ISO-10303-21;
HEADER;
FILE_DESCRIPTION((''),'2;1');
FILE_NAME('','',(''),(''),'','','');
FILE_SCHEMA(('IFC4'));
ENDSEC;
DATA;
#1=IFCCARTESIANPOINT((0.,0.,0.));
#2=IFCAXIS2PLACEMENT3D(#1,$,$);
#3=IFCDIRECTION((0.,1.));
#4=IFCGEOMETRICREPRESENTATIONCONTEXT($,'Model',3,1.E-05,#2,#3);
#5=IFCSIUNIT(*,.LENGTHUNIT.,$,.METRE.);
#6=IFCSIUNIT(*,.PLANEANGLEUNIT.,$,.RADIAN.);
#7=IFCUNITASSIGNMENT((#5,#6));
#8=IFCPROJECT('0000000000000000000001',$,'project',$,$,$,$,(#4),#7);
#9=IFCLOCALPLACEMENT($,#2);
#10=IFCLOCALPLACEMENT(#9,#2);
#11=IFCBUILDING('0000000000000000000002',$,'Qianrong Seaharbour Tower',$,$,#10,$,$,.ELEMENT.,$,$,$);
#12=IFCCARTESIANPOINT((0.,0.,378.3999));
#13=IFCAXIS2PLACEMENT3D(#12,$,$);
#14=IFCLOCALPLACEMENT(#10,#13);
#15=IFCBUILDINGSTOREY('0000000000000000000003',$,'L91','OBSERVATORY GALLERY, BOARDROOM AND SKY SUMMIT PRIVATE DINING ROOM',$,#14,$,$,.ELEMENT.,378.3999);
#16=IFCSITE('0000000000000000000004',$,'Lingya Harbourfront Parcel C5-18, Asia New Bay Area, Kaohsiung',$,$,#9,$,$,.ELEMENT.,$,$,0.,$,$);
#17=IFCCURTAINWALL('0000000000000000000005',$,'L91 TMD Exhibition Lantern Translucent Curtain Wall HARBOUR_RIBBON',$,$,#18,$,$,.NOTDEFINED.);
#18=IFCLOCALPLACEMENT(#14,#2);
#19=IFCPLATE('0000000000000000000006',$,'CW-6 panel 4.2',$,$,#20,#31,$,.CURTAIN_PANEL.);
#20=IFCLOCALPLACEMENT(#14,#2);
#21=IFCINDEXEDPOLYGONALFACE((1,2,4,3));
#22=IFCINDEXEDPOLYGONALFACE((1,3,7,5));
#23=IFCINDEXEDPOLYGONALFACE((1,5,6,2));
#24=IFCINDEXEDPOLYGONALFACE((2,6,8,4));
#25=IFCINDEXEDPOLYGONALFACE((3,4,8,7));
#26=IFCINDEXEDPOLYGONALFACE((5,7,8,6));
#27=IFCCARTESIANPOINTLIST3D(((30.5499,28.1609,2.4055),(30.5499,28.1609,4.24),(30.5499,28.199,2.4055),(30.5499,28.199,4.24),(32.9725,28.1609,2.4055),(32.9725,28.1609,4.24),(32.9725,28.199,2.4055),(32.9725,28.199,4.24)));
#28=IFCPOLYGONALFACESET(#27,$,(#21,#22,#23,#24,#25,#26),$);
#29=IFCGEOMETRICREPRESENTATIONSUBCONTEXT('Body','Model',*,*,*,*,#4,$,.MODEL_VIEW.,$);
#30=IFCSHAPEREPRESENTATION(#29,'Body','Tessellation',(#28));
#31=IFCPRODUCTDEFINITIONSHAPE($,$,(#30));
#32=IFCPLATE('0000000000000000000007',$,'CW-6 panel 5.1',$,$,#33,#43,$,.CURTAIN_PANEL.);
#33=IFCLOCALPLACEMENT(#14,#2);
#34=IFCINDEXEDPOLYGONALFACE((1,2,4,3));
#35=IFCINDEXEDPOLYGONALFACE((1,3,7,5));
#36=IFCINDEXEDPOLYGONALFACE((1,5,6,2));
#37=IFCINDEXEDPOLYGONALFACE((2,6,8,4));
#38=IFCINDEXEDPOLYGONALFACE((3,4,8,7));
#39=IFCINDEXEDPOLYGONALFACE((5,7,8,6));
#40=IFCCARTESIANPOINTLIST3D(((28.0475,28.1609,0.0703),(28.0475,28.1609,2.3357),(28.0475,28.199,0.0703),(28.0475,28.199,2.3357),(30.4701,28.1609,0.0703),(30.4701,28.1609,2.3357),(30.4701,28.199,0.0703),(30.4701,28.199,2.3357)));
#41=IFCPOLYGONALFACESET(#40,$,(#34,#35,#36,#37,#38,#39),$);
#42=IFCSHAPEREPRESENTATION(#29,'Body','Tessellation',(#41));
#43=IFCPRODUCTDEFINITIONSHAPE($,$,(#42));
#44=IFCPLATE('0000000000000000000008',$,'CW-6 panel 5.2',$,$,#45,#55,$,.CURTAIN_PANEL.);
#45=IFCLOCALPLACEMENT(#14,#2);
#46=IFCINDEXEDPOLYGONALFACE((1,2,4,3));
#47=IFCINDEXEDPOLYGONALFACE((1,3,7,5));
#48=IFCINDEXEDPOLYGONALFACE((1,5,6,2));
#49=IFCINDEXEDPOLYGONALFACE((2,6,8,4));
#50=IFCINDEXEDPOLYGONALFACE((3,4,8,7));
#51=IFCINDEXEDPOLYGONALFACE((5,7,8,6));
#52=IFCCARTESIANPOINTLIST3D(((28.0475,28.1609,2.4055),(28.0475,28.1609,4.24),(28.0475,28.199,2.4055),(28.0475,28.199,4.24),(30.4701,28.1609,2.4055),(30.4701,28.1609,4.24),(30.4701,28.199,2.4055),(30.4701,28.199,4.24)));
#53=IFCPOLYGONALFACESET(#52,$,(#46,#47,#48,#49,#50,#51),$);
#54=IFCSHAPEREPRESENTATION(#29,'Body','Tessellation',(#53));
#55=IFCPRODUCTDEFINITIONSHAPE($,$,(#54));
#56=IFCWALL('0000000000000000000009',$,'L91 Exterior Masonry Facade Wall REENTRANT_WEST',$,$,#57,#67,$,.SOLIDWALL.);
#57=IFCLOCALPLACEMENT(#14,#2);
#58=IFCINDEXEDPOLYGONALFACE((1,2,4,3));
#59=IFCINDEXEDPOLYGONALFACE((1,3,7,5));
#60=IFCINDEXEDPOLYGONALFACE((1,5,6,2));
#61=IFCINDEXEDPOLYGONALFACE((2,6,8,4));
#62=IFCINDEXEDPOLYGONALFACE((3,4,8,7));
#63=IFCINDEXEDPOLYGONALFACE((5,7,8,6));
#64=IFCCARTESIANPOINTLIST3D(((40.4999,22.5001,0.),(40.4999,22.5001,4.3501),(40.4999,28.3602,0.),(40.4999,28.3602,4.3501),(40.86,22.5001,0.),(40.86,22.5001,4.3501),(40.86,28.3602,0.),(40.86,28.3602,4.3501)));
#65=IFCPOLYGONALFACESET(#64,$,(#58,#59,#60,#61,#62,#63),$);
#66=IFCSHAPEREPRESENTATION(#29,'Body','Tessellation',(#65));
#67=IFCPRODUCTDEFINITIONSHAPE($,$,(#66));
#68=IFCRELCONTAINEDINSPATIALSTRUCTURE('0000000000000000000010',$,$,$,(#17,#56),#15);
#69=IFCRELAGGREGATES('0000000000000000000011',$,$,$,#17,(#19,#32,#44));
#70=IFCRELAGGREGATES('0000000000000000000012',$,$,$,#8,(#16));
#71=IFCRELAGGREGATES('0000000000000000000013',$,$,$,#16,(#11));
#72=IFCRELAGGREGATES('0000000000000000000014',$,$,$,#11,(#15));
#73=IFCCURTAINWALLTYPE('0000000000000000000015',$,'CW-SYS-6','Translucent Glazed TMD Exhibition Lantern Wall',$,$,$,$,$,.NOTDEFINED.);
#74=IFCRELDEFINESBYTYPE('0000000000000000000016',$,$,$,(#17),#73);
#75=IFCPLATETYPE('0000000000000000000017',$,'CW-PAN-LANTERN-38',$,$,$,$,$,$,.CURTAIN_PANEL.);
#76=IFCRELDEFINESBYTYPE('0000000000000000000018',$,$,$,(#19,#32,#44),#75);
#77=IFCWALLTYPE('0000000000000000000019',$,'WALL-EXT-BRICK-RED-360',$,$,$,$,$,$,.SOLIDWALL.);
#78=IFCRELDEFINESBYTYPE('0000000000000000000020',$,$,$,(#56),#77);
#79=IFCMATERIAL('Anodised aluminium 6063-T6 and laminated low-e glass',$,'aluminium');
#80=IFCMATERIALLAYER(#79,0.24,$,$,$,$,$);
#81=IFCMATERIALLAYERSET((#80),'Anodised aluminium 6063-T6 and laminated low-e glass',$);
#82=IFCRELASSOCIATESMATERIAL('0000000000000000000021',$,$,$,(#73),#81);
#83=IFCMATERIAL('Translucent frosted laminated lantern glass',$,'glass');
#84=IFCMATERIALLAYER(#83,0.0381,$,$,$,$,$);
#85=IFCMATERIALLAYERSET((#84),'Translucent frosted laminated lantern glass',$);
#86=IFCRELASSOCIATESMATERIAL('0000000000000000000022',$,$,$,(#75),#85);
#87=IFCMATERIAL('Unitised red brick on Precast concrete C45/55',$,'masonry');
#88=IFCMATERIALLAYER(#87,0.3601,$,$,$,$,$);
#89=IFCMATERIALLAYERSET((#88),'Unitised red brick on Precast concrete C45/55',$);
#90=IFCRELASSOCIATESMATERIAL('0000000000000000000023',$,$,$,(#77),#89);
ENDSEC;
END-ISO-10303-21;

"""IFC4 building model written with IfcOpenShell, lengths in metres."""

from ifc_helpers import new_model, si_unit, direction, frame, frame_2d, origin, origin_2d, place, context, subcontext, project, spatial, rectangle, extrude, material, layer, layer_set, type_object, element, aggregate, save


model = new_model("IFC4")

# Units and contexts
model_context = context("Model", 3, precision=1e-05, world=origin(), true_north=direction((0.0, 1.0)))
body_context = subcontext(model_context, "Body", "Model", "MODEL_VIEW")
ifc_project = project(units=[si_unit("LENGTHUNIT", "METRE"), si_unit("PLANEANGLEUNIT", "RADIAN")], contexts=[model_context])

# Site, building, storey
site_placement = place(None, origin())
site = spatial("IfcSite", under=ifc_project, at=site_placement, Name="Lingya Harbourfront Parcel C5-18, Asia New Bay Area, Kaohsiung", CompositionType="ELEMENT", RefElevation=0.0)
building_placement = place(site_placement, origin())
building = spatial("IfcBuilding", under=site, at=building_placement, Name="Qianrong Seaharbour Tower", CompositionType="ELEMENT")
storey_placement = place(building_placement, frame((0.0, 0.0, 378.3999)))
storey = spatial("IfcBuildingStorey", under=building, at=storey_placement, Name="L91", Description="OBSERVATORY GALLERY, BOARDROOM AND SKY SUMMIT PRIVATE DINING ROOM", CompositionType="ELEMENT", Elevation=378.3999)

# Curtain wall, plates
ifc_material_1 = material(Name="Anodised aluminium 6063-T6 and laminated low-e glass", Category="aluminium")
ifc_layer_1 = layer(ifc_material_1, 0.24)
ifc_layer_set_1 = layer_set([ifc_layer_1], Name="Anodised aluminium 6063-T6 and laminated low-e glass")
curtain_wall_type = type_object("IfcCurtainWallType", Name="CW-SYS-6", Description="Translucent Glazed TMD Exhibition Lantern Wall", PredefinedType="NOTDEFINED", material=ifc_layer_set_1)
curtain_wall_placement = place(storey_placement, origin())
curtain_wall = element("IfcCurtainWall", 1, at=curtain_wall_placement, inside=storey, type_object=curtain_wall_type, Name="L91 TMD Exhibition Lantern Translucent Curtain Wall HARBOUR_RIBBON", PredefinedType="NOTDEFINED")
ifc_material_2 = material(Name="Translucent frosted laminated lantern glass", Category="glass")
ifc_layer_2 = layer(ifc_material_2, 0.0381)
ifc_layer_set_2 = layer_set([ifc_layer_2], Name="Translucent frosted laminated lantern glass")
plate_type = type_object("IfcPlateType", Name="CW-PAN-LANTERN-38", PredefinedType="CURTAIN_PANEL", material=ifc_layer_set_2)
plate_1_placement = place(storey_placement, frame((31.7612, 28.1799, 2.4055), z_axis=(0.0, 0.0, 1.0), x_axis=(-1.0, 0.0, 0.0)))
plate_1 = element("IfcPlate", 2, at=plate_1_placement, type_object=plate_type, Name="CW-6 panel 4.2", PredefinedType="CURTAIN_PANEL", context=body_context, shape_type="SweptSolid", body=[
    extrude(rectangle(XDim=2.4226, YDim=0.0381, at=origin_2d()), origin(), (0.0, 0.0, 1.0), 1.8345),
])
plate_2_placement = place(storey_placement, frame((29.2588, 28.1799, 0.0703), z_axis=(0.0, 0.0, 1.0), x_axis=(-1.0, 0.0, 0.0)))
plate_2 = element("IfcPlate", 3, at=plate_2_placement, type_object=plate_type, Name="CW-6 panel 5.1", PredefinedType="CURTAIN_PANEL", context=body_context, shape_type="SweptSolid", body=[
    extrude(rectangle(XDim=2.4226, YDim=0.0381, at=origin_2d()), origin(), (0.0, 0.0, 1.0), 2.2654),
])
plate_3_placement = place(storey_placement, frame((29.2588, 28.1799, 2.4055), z_axis=(0.0, 0.0, 1.0), x_axis=(-1.0, 0.0, 0.0)))
plate_3 = element("IfcPlate", 4, at=plate_3_placement, type_object=plate_type, Name="CW-6 panel 5.2", PredefinedType="CURTAIN_PANEL", context=body_context, shape_type="SweptSolid", body=[
    extrude(rectangle(XDim=2.4226, YDim=0.0381, at=origin_2d()), origin(), (0.0, 0.0, 1.0), 1.8345),
])
aggregate(curtain_wall, [plate_1, plate_2, plate_3])

# Wall
ifc_material_3 = material(Name="Unitised red brick on Precast concrete C45/55", Category="masonry")
ifc_layer_3 = layer(ifc_material_3, 0.3601)
ifc_layer_set_3 = layer_set([ifc_layer_3], Name="Unitised red brick on Precast concrete C45/55")
wall_type = type_object("IfcWallType", Name="WALL-EXT-BRICK-RED-360", PredefinedType="SOLIDWALL", material=ifc_layer_set_3)
wall_placement = place(storey_placement, frame((40.6799, 22.5, 0.0), z_axis=(0.0, 0.0, 1.0), x_axis=(0.0, 1.0, 0.0)))
element("IfcWall", 5, at=wall_placement, inside=storey, type_object=wall_type, Name="L91 Exterior Masonry Facade Wall REENTRANT_WEST", PredefinedType="SOLIDWALL", context=body_context, shape_type="SweptSolid", body=[
    extrude(rectangle(XDim=5.8601, YDim=0.3601, at=frame_2d((2.9302, 0.0))), origin(), (0.0, 0.0, 1.0), 4.3501),
])

save(model, "model.ifc")
